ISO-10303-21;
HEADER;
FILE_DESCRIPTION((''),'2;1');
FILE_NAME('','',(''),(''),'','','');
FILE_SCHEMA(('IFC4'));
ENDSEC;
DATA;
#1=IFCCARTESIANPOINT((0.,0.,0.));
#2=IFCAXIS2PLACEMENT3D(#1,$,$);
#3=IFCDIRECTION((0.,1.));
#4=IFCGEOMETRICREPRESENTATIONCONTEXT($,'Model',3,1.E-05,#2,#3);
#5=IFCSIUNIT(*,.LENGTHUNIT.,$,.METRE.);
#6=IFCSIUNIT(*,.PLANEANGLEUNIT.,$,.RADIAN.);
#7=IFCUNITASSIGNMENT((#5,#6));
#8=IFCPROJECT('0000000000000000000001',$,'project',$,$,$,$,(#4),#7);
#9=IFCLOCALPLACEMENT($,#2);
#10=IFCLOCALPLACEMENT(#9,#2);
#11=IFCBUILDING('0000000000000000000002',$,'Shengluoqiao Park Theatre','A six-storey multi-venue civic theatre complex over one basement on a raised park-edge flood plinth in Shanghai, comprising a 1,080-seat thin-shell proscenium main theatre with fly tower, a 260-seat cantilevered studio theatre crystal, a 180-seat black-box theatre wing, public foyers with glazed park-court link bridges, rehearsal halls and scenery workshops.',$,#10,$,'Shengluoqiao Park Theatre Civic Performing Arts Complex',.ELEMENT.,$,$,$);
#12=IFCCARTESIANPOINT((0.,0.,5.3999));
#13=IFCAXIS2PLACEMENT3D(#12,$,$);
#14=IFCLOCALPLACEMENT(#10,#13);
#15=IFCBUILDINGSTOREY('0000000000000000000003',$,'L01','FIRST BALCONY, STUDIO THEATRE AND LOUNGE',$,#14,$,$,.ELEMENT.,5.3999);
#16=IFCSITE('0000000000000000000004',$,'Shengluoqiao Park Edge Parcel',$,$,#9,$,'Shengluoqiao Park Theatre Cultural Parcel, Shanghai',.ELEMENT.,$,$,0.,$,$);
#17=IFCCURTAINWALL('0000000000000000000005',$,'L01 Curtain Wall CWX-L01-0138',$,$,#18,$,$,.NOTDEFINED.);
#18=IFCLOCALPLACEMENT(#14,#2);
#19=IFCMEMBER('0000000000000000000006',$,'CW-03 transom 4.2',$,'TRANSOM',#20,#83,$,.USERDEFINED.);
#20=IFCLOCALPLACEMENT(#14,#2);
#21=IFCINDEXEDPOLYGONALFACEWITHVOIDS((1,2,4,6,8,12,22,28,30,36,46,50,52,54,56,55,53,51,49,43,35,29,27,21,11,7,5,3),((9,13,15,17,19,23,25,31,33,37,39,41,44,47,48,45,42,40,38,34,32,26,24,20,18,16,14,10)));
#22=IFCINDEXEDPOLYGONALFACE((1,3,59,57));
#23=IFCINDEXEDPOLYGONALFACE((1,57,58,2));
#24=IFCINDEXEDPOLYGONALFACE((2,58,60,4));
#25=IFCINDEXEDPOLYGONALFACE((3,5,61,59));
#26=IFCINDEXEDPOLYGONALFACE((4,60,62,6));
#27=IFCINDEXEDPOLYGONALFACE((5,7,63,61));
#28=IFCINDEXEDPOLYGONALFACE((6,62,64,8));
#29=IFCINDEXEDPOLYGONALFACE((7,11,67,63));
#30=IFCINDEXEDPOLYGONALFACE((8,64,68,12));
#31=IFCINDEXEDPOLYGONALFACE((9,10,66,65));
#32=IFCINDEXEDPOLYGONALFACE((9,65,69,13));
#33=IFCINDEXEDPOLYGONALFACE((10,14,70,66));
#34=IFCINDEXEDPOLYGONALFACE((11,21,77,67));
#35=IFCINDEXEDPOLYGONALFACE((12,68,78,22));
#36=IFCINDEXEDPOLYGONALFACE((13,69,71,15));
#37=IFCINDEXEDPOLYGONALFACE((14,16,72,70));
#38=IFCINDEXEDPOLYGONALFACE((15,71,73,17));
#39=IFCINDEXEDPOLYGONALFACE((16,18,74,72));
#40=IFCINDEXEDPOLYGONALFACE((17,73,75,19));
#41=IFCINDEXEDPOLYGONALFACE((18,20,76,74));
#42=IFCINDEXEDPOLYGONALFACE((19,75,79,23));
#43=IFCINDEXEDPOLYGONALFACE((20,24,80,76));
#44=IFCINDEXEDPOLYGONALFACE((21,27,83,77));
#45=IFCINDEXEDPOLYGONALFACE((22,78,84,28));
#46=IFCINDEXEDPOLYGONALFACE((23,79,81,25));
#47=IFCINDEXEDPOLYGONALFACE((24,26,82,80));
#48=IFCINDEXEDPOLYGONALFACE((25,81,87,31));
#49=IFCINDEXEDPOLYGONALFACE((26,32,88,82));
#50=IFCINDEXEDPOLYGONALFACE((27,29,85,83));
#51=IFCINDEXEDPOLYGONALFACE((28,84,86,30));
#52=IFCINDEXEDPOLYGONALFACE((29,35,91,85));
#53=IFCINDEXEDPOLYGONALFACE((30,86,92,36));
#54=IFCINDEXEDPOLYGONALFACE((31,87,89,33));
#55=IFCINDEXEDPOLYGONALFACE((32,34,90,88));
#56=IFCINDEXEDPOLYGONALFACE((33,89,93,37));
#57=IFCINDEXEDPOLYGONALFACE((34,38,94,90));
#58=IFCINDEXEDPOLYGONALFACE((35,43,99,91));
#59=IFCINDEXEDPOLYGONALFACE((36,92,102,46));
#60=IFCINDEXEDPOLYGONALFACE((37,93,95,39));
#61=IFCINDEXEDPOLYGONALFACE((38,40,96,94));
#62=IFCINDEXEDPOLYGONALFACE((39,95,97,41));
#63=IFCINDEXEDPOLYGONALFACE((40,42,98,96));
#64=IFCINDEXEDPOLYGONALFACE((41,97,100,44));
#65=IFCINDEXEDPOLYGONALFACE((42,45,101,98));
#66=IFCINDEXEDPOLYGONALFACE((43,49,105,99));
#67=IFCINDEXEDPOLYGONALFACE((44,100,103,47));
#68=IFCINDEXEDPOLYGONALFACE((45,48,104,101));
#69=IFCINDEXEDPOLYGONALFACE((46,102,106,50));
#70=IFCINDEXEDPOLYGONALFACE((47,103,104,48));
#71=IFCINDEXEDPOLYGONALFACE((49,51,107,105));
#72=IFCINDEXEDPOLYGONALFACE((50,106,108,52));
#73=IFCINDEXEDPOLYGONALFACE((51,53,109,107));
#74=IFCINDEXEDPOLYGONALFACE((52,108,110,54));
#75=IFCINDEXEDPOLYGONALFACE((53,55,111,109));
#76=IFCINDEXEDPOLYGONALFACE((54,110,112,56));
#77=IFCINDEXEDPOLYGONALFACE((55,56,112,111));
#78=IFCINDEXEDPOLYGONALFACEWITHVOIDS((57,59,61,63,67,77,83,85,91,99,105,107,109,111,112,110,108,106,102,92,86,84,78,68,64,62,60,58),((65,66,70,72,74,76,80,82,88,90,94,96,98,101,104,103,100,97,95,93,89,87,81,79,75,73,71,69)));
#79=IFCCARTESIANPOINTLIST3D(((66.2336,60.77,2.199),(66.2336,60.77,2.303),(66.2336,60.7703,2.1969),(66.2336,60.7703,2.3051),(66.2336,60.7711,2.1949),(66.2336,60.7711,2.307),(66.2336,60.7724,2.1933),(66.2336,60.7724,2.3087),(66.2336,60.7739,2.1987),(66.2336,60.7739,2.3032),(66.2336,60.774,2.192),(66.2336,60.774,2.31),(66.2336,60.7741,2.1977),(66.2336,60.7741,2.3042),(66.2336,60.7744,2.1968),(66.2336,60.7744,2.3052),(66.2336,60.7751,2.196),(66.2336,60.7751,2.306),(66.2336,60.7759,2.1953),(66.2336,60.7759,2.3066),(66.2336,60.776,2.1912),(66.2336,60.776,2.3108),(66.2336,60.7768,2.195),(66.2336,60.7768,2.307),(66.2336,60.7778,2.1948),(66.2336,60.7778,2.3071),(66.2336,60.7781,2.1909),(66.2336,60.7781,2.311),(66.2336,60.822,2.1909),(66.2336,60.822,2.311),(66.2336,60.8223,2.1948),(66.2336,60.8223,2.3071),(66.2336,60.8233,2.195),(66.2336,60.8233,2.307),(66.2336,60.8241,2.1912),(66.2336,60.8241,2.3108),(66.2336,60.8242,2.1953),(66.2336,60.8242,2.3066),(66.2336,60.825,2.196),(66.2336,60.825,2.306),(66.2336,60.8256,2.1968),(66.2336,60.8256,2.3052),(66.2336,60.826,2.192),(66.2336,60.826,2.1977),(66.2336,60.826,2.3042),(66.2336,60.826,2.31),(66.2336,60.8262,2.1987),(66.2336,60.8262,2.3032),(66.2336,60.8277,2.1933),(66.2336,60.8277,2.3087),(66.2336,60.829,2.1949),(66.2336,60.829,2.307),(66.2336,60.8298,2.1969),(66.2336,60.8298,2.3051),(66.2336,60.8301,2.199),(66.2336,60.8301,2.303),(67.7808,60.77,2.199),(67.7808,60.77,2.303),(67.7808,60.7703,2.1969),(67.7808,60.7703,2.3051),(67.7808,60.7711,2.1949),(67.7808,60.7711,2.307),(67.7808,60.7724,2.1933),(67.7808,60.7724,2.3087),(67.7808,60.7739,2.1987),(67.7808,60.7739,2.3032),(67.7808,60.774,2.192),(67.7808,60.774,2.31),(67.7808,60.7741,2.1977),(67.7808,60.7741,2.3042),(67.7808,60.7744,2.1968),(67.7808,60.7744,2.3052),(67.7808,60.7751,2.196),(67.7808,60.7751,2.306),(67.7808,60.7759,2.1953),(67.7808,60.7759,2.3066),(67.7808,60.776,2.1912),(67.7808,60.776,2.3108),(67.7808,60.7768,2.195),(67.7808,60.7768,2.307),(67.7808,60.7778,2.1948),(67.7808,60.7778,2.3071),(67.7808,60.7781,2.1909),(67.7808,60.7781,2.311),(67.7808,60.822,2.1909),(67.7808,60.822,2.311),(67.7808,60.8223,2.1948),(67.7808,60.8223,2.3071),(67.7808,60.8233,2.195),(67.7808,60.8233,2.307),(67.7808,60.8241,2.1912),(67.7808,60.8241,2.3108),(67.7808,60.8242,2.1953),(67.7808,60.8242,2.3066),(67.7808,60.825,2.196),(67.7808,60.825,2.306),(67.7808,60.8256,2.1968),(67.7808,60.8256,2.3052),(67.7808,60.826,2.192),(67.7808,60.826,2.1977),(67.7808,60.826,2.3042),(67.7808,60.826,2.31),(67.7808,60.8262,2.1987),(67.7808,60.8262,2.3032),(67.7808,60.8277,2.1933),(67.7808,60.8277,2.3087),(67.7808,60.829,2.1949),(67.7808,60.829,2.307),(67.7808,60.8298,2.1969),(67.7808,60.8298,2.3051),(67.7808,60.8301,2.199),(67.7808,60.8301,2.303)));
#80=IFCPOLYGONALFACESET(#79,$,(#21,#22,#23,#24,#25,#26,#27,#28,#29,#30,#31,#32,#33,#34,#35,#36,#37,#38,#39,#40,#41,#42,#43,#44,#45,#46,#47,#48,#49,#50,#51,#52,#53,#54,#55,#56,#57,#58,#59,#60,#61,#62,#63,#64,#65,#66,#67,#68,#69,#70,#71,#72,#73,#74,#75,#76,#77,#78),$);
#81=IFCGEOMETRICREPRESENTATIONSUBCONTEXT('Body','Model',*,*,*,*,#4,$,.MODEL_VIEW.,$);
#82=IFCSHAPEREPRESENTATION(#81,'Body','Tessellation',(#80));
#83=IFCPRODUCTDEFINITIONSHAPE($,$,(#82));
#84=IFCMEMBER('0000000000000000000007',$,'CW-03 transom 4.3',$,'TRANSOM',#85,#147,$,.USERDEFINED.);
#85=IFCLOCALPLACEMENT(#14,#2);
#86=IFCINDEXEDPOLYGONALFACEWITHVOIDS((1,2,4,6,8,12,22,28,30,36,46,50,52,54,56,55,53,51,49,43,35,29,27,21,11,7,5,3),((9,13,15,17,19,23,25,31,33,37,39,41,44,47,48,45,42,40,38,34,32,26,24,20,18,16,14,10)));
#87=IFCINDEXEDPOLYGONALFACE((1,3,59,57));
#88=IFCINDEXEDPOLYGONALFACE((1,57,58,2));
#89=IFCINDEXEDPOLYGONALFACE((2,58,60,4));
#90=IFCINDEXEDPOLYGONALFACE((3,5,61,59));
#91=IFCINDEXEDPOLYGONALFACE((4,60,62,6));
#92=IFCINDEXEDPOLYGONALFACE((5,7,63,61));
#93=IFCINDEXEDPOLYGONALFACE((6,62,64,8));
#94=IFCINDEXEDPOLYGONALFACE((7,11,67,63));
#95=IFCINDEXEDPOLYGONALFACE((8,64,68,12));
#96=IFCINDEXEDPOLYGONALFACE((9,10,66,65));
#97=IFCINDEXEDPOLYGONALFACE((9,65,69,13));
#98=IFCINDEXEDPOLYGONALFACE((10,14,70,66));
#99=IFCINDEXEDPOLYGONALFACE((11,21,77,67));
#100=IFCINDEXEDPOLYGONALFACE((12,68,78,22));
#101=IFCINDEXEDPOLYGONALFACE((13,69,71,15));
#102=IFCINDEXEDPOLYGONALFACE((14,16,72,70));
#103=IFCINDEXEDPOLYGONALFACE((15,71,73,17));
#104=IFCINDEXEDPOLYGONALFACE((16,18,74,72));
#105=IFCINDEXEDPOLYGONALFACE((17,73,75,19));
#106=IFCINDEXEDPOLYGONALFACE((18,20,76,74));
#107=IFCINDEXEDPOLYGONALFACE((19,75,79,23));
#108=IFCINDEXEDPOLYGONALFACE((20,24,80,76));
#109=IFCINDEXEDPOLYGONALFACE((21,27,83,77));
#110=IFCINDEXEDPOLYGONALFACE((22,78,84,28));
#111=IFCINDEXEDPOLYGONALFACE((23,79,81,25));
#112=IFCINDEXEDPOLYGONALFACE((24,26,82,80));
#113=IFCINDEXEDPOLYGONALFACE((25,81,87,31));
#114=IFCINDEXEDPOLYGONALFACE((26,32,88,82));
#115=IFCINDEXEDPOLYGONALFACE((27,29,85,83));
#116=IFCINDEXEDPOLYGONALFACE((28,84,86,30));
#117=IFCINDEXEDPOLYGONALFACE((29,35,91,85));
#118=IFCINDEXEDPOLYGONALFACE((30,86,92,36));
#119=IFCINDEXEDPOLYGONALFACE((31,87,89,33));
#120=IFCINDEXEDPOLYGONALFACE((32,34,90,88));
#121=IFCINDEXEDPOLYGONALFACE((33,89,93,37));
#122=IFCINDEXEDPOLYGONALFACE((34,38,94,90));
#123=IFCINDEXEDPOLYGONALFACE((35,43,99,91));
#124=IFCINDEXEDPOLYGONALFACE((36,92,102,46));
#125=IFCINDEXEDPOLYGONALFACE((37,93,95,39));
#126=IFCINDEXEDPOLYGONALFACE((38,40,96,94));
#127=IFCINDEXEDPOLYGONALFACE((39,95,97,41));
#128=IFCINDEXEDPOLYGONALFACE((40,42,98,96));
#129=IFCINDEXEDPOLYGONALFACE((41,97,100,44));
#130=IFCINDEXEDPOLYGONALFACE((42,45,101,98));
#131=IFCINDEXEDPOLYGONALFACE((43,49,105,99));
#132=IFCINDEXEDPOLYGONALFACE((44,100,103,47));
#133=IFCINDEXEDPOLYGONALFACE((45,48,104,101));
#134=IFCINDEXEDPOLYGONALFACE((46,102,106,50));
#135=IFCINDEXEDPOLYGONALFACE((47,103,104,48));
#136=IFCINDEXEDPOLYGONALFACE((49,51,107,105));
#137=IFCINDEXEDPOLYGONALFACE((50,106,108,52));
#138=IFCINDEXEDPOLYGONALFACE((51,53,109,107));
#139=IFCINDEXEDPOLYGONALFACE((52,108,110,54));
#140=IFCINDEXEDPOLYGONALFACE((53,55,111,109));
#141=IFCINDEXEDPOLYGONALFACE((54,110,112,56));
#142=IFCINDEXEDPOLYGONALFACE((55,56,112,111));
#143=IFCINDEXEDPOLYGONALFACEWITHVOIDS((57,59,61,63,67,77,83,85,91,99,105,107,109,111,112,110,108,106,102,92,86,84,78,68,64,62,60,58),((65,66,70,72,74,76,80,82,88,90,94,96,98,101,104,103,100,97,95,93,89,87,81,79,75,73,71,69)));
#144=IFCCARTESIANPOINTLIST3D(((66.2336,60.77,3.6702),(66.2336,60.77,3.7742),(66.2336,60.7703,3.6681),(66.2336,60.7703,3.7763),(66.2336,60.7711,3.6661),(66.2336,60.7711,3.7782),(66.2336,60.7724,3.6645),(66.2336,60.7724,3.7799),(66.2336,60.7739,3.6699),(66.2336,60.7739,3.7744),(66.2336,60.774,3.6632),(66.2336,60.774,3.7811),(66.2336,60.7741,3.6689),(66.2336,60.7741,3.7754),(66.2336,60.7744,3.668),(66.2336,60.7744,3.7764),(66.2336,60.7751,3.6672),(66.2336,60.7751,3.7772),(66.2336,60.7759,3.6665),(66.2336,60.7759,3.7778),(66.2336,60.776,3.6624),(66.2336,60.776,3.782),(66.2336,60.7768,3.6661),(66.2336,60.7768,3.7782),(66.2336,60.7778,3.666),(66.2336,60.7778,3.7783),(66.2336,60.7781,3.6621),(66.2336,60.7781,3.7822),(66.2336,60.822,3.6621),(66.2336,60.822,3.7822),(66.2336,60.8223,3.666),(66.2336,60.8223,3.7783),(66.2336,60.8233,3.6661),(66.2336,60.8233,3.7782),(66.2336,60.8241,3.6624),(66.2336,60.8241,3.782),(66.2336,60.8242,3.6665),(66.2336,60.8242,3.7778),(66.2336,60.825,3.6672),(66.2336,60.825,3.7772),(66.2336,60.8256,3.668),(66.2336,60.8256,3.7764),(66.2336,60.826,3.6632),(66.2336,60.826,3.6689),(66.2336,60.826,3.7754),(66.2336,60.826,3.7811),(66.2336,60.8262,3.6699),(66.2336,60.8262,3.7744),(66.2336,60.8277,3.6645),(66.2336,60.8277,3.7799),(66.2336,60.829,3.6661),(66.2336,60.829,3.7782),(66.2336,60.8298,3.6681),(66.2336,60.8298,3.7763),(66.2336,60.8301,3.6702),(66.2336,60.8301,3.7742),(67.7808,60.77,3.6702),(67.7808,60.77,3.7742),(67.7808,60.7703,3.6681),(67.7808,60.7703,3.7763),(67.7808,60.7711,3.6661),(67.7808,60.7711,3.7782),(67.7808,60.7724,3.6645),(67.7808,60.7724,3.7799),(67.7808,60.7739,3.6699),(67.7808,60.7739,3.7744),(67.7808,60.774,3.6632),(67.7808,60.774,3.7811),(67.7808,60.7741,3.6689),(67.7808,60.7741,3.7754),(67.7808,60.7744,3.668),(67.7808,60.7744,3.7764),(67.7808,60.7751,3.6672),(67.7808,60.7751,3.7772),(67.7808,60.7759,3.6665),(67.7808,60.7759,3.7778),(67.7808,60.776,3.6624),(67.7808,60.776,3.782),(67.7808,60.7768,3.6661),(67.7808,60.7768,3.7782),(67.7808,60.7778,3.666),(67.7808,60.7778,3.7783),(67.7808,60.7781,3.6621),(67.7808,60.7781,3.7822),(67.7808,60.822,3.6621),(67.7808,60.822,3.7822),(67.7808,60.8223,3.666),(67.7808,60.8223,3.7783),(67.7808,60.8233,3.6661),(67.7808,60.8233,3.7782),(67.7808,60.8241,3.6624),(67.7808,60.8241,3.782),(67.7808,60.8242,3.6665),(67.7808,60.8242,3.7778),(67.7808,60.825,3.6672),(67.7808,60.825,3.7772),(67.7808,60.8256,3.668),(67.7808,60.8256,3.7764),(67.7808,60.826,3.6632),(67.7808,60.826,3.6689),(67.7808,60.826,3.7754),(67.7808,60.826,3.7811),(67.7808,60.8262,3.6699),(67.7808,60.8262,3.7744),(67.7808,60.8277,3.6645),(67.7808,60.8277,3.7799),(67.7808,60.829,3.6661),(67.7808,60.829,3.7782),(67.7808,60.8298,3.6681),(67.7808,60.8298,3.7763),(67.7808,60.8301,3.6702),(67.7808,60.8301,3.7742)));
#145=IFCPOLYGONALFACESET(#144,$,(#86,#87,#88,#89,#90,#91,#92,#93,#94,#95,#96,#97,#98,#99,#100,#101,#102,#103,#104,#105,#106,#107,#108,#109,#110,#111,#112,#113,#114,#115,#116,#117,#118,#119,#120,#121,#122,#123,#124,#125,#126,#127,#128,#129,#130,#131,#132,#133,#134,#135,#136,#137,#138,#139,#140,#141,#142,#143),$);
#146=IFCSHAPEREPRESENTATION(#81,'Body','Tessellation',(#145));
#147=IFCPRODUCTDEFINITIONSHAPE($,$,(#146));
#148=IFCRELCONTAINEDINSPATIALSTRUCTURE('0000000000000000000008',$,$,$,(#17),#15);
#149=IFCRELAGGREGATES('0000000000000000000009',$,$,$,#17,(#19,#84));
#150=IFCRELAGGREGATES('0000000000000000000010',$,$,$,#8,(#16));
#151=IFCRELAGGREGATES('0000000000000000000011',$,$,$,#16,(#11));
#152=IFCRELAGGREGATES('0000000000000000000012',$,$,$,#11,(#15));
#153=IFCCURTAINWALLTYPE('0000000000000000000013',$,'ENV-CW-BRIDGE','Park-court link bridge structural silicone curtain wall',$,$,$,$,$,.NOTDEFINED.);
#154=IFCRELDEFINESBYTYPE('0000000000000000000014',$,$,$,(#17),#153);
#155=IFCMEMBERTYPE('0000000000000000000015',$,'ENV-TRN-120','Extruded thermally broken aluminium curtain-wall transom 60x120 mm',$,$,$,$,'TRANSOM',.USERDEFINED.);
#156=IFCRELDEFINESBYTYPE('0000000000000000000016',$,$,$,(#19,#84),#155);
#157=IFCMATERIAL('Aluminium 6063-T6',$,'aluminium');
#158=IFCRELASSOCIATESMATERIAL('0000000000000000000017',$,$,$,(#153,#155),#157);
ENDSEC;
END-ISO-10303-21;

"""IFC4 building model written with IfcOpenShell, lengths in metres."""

from ifc_helpers import new_model, si_unit, direction, frame, origin, origin_2d, place, context, subcontext, project, spatial, hollow_rectangle, extrude, material, material_profile, profile_set, type_object, element, aggregate, save


model = new_model("IFC4")

# Units and contexts
model_context = context("Model", 3, precision=1e-05, world=origin(), true_north=direction((0.0, 1.0)))
body_context = subcontext(model_context, "Body", "Model", "MODEL_VIEW")
ifc_project = project(units=[si_unit("LENGTHUNIT", "METRE"), si_unit("PLANEANGLEUNIT", "RADIAN")], contexts=[model_context])

# Site, building, storey
site_placement = place(None, origin())
site = spatial("IfcSite", under=ifc_project, at=site_placement, Name="Shengluoqiao Park Edge Parcel", LongName="Shengluoqiao Park Theatre Cultural Parcel, Shanghai", CompositionType="ELEMENT", RefElevation=0.0)
building_placement = place(site_placement, origin())
building = spatial("IfcBuilding", under=site, at=building_placement, Name="Shengluoqiao Park Theatre", Description="A six-storey multi-venue civic theatre complex over one basement on a raised park-edge flood plinth in Shanghai, comprising a 1,080-seat thin-shell proscenium main theatre with fly tower, a 260-seat cantilevered studio theatre crystal, a 180-seat black-box theatre wing, public foyers with glazed park-court link bridges, rehearsal halls and scenery workshops.", LongName="Shengluoqiao Park Theatre Civic Performing Arts Complex", CompositionType="ELEMENT")
storey_placement = place(building_placement, frame((0.0, 0.0, 5.3999)))
storey = spatial("IfcBuildingStorey", under=building, at=storey_placement, Name="L01", Description="FIRST BALCONY, STUDIO THEATRE AND LOUNGE", CompositionType="ELEMENT", Elevation=5.3999)

# Curtain wall
ifc_material_1 = material(Name="Aluminium 6063-T6", Category="aluminium")
curtain_wall_type_1 = type_object("IfcCurtainWallType", Name="ENV-CW-BRIDGE", Description="Park-court link bridge structural silicone curtain wall", PredefinedType="NOTDEFINED", material=ifc_material_1)
curtain_wall_1_placement = place(storey_placement, origin())
curtain_wall_1 = element("IfcCurtainWall", 1, at=curtain_wall_1_placement, inside=storey, type_object=curtain_wall_type_1, Name="L01 Curtain Wall CWX-L01-0138", PredefinedType="NOTDEFINED")

# Members
ifc_material_profile_1 = material_profile(ifc_material_1, hollow_rectangle(XDim=0.0601, YDim=0.1201, WallThickness=0.0039, InnerFilletRadius=0.0039, OuterFilletRadius=0.0081, at=origin_2d()), Name="ALU TRANSOM 120x60x4")
ifc_profile_set_1 = profile_set([ifc_material_profile_1], Name="Aluminium 6063-T6")
member_type_1 = type_object("IfcMemberType", Name="ENV-TRN-120", Description="Extruded thermally broken aluminium curtain-wall transom 60x120 mm", ElementType="TRANSOM", PredefinedType="USERDEFINED", material=ifc_profile_set_1)
member_1_placement = place(storey_placement, frame((66.2336, 60.8, 2.251), z_axis=(1.0, 0.0, 0.0), x_axis=(0.0, 1.0, 0.0)))
member_1 = element("IfcMember", 2, at=member_1_placement, type_object=member_type_1, Name="CW-03 transom 4.2", ObjectType="TRANSOM", PredefinedType="USERDEFINED", context=body_context, shape_type="SweptSolid", body=[
    extrude(hollow_rectangle(XDim=0.0601, YDim=0.1201, WallThickness=0.0039, InnerFilletRadius=0.0039, OuterFilletRadius=0.0081, at=origin_2d()), origin(), (0.0, 0.0, 1.0), 1.5471),
])
member_2_placement = place(storey_placement, frame((66.2336, 60.8, 3.7222), z_axis=(1.0, 0.0, 0.0), x_axis=(0.0, 1.0, 0.0)))
member_2 = element("IfcMember", 3, at=member_2_placement, type_object=member_type_1, Name="CW-03 transom 4.3", ObjectType="TRANSOM", PredefinedType="USERDEFINED", context=body_context, shape_type="SweptSolid", body=[
    extrude(hollow_rectangle(XDim=0.0601, YDim=0.1201, WallThickness=0.0039, InnerFilletRadius=0.0039, OuterFilletRadius=0.0081, at=origin_2d()), origin(), (0.0, 0.0, 1.0), 1.5471),
])

aggregate(curtain_wall_1, [member_1, member_2])

save(model, "model.ifc")
